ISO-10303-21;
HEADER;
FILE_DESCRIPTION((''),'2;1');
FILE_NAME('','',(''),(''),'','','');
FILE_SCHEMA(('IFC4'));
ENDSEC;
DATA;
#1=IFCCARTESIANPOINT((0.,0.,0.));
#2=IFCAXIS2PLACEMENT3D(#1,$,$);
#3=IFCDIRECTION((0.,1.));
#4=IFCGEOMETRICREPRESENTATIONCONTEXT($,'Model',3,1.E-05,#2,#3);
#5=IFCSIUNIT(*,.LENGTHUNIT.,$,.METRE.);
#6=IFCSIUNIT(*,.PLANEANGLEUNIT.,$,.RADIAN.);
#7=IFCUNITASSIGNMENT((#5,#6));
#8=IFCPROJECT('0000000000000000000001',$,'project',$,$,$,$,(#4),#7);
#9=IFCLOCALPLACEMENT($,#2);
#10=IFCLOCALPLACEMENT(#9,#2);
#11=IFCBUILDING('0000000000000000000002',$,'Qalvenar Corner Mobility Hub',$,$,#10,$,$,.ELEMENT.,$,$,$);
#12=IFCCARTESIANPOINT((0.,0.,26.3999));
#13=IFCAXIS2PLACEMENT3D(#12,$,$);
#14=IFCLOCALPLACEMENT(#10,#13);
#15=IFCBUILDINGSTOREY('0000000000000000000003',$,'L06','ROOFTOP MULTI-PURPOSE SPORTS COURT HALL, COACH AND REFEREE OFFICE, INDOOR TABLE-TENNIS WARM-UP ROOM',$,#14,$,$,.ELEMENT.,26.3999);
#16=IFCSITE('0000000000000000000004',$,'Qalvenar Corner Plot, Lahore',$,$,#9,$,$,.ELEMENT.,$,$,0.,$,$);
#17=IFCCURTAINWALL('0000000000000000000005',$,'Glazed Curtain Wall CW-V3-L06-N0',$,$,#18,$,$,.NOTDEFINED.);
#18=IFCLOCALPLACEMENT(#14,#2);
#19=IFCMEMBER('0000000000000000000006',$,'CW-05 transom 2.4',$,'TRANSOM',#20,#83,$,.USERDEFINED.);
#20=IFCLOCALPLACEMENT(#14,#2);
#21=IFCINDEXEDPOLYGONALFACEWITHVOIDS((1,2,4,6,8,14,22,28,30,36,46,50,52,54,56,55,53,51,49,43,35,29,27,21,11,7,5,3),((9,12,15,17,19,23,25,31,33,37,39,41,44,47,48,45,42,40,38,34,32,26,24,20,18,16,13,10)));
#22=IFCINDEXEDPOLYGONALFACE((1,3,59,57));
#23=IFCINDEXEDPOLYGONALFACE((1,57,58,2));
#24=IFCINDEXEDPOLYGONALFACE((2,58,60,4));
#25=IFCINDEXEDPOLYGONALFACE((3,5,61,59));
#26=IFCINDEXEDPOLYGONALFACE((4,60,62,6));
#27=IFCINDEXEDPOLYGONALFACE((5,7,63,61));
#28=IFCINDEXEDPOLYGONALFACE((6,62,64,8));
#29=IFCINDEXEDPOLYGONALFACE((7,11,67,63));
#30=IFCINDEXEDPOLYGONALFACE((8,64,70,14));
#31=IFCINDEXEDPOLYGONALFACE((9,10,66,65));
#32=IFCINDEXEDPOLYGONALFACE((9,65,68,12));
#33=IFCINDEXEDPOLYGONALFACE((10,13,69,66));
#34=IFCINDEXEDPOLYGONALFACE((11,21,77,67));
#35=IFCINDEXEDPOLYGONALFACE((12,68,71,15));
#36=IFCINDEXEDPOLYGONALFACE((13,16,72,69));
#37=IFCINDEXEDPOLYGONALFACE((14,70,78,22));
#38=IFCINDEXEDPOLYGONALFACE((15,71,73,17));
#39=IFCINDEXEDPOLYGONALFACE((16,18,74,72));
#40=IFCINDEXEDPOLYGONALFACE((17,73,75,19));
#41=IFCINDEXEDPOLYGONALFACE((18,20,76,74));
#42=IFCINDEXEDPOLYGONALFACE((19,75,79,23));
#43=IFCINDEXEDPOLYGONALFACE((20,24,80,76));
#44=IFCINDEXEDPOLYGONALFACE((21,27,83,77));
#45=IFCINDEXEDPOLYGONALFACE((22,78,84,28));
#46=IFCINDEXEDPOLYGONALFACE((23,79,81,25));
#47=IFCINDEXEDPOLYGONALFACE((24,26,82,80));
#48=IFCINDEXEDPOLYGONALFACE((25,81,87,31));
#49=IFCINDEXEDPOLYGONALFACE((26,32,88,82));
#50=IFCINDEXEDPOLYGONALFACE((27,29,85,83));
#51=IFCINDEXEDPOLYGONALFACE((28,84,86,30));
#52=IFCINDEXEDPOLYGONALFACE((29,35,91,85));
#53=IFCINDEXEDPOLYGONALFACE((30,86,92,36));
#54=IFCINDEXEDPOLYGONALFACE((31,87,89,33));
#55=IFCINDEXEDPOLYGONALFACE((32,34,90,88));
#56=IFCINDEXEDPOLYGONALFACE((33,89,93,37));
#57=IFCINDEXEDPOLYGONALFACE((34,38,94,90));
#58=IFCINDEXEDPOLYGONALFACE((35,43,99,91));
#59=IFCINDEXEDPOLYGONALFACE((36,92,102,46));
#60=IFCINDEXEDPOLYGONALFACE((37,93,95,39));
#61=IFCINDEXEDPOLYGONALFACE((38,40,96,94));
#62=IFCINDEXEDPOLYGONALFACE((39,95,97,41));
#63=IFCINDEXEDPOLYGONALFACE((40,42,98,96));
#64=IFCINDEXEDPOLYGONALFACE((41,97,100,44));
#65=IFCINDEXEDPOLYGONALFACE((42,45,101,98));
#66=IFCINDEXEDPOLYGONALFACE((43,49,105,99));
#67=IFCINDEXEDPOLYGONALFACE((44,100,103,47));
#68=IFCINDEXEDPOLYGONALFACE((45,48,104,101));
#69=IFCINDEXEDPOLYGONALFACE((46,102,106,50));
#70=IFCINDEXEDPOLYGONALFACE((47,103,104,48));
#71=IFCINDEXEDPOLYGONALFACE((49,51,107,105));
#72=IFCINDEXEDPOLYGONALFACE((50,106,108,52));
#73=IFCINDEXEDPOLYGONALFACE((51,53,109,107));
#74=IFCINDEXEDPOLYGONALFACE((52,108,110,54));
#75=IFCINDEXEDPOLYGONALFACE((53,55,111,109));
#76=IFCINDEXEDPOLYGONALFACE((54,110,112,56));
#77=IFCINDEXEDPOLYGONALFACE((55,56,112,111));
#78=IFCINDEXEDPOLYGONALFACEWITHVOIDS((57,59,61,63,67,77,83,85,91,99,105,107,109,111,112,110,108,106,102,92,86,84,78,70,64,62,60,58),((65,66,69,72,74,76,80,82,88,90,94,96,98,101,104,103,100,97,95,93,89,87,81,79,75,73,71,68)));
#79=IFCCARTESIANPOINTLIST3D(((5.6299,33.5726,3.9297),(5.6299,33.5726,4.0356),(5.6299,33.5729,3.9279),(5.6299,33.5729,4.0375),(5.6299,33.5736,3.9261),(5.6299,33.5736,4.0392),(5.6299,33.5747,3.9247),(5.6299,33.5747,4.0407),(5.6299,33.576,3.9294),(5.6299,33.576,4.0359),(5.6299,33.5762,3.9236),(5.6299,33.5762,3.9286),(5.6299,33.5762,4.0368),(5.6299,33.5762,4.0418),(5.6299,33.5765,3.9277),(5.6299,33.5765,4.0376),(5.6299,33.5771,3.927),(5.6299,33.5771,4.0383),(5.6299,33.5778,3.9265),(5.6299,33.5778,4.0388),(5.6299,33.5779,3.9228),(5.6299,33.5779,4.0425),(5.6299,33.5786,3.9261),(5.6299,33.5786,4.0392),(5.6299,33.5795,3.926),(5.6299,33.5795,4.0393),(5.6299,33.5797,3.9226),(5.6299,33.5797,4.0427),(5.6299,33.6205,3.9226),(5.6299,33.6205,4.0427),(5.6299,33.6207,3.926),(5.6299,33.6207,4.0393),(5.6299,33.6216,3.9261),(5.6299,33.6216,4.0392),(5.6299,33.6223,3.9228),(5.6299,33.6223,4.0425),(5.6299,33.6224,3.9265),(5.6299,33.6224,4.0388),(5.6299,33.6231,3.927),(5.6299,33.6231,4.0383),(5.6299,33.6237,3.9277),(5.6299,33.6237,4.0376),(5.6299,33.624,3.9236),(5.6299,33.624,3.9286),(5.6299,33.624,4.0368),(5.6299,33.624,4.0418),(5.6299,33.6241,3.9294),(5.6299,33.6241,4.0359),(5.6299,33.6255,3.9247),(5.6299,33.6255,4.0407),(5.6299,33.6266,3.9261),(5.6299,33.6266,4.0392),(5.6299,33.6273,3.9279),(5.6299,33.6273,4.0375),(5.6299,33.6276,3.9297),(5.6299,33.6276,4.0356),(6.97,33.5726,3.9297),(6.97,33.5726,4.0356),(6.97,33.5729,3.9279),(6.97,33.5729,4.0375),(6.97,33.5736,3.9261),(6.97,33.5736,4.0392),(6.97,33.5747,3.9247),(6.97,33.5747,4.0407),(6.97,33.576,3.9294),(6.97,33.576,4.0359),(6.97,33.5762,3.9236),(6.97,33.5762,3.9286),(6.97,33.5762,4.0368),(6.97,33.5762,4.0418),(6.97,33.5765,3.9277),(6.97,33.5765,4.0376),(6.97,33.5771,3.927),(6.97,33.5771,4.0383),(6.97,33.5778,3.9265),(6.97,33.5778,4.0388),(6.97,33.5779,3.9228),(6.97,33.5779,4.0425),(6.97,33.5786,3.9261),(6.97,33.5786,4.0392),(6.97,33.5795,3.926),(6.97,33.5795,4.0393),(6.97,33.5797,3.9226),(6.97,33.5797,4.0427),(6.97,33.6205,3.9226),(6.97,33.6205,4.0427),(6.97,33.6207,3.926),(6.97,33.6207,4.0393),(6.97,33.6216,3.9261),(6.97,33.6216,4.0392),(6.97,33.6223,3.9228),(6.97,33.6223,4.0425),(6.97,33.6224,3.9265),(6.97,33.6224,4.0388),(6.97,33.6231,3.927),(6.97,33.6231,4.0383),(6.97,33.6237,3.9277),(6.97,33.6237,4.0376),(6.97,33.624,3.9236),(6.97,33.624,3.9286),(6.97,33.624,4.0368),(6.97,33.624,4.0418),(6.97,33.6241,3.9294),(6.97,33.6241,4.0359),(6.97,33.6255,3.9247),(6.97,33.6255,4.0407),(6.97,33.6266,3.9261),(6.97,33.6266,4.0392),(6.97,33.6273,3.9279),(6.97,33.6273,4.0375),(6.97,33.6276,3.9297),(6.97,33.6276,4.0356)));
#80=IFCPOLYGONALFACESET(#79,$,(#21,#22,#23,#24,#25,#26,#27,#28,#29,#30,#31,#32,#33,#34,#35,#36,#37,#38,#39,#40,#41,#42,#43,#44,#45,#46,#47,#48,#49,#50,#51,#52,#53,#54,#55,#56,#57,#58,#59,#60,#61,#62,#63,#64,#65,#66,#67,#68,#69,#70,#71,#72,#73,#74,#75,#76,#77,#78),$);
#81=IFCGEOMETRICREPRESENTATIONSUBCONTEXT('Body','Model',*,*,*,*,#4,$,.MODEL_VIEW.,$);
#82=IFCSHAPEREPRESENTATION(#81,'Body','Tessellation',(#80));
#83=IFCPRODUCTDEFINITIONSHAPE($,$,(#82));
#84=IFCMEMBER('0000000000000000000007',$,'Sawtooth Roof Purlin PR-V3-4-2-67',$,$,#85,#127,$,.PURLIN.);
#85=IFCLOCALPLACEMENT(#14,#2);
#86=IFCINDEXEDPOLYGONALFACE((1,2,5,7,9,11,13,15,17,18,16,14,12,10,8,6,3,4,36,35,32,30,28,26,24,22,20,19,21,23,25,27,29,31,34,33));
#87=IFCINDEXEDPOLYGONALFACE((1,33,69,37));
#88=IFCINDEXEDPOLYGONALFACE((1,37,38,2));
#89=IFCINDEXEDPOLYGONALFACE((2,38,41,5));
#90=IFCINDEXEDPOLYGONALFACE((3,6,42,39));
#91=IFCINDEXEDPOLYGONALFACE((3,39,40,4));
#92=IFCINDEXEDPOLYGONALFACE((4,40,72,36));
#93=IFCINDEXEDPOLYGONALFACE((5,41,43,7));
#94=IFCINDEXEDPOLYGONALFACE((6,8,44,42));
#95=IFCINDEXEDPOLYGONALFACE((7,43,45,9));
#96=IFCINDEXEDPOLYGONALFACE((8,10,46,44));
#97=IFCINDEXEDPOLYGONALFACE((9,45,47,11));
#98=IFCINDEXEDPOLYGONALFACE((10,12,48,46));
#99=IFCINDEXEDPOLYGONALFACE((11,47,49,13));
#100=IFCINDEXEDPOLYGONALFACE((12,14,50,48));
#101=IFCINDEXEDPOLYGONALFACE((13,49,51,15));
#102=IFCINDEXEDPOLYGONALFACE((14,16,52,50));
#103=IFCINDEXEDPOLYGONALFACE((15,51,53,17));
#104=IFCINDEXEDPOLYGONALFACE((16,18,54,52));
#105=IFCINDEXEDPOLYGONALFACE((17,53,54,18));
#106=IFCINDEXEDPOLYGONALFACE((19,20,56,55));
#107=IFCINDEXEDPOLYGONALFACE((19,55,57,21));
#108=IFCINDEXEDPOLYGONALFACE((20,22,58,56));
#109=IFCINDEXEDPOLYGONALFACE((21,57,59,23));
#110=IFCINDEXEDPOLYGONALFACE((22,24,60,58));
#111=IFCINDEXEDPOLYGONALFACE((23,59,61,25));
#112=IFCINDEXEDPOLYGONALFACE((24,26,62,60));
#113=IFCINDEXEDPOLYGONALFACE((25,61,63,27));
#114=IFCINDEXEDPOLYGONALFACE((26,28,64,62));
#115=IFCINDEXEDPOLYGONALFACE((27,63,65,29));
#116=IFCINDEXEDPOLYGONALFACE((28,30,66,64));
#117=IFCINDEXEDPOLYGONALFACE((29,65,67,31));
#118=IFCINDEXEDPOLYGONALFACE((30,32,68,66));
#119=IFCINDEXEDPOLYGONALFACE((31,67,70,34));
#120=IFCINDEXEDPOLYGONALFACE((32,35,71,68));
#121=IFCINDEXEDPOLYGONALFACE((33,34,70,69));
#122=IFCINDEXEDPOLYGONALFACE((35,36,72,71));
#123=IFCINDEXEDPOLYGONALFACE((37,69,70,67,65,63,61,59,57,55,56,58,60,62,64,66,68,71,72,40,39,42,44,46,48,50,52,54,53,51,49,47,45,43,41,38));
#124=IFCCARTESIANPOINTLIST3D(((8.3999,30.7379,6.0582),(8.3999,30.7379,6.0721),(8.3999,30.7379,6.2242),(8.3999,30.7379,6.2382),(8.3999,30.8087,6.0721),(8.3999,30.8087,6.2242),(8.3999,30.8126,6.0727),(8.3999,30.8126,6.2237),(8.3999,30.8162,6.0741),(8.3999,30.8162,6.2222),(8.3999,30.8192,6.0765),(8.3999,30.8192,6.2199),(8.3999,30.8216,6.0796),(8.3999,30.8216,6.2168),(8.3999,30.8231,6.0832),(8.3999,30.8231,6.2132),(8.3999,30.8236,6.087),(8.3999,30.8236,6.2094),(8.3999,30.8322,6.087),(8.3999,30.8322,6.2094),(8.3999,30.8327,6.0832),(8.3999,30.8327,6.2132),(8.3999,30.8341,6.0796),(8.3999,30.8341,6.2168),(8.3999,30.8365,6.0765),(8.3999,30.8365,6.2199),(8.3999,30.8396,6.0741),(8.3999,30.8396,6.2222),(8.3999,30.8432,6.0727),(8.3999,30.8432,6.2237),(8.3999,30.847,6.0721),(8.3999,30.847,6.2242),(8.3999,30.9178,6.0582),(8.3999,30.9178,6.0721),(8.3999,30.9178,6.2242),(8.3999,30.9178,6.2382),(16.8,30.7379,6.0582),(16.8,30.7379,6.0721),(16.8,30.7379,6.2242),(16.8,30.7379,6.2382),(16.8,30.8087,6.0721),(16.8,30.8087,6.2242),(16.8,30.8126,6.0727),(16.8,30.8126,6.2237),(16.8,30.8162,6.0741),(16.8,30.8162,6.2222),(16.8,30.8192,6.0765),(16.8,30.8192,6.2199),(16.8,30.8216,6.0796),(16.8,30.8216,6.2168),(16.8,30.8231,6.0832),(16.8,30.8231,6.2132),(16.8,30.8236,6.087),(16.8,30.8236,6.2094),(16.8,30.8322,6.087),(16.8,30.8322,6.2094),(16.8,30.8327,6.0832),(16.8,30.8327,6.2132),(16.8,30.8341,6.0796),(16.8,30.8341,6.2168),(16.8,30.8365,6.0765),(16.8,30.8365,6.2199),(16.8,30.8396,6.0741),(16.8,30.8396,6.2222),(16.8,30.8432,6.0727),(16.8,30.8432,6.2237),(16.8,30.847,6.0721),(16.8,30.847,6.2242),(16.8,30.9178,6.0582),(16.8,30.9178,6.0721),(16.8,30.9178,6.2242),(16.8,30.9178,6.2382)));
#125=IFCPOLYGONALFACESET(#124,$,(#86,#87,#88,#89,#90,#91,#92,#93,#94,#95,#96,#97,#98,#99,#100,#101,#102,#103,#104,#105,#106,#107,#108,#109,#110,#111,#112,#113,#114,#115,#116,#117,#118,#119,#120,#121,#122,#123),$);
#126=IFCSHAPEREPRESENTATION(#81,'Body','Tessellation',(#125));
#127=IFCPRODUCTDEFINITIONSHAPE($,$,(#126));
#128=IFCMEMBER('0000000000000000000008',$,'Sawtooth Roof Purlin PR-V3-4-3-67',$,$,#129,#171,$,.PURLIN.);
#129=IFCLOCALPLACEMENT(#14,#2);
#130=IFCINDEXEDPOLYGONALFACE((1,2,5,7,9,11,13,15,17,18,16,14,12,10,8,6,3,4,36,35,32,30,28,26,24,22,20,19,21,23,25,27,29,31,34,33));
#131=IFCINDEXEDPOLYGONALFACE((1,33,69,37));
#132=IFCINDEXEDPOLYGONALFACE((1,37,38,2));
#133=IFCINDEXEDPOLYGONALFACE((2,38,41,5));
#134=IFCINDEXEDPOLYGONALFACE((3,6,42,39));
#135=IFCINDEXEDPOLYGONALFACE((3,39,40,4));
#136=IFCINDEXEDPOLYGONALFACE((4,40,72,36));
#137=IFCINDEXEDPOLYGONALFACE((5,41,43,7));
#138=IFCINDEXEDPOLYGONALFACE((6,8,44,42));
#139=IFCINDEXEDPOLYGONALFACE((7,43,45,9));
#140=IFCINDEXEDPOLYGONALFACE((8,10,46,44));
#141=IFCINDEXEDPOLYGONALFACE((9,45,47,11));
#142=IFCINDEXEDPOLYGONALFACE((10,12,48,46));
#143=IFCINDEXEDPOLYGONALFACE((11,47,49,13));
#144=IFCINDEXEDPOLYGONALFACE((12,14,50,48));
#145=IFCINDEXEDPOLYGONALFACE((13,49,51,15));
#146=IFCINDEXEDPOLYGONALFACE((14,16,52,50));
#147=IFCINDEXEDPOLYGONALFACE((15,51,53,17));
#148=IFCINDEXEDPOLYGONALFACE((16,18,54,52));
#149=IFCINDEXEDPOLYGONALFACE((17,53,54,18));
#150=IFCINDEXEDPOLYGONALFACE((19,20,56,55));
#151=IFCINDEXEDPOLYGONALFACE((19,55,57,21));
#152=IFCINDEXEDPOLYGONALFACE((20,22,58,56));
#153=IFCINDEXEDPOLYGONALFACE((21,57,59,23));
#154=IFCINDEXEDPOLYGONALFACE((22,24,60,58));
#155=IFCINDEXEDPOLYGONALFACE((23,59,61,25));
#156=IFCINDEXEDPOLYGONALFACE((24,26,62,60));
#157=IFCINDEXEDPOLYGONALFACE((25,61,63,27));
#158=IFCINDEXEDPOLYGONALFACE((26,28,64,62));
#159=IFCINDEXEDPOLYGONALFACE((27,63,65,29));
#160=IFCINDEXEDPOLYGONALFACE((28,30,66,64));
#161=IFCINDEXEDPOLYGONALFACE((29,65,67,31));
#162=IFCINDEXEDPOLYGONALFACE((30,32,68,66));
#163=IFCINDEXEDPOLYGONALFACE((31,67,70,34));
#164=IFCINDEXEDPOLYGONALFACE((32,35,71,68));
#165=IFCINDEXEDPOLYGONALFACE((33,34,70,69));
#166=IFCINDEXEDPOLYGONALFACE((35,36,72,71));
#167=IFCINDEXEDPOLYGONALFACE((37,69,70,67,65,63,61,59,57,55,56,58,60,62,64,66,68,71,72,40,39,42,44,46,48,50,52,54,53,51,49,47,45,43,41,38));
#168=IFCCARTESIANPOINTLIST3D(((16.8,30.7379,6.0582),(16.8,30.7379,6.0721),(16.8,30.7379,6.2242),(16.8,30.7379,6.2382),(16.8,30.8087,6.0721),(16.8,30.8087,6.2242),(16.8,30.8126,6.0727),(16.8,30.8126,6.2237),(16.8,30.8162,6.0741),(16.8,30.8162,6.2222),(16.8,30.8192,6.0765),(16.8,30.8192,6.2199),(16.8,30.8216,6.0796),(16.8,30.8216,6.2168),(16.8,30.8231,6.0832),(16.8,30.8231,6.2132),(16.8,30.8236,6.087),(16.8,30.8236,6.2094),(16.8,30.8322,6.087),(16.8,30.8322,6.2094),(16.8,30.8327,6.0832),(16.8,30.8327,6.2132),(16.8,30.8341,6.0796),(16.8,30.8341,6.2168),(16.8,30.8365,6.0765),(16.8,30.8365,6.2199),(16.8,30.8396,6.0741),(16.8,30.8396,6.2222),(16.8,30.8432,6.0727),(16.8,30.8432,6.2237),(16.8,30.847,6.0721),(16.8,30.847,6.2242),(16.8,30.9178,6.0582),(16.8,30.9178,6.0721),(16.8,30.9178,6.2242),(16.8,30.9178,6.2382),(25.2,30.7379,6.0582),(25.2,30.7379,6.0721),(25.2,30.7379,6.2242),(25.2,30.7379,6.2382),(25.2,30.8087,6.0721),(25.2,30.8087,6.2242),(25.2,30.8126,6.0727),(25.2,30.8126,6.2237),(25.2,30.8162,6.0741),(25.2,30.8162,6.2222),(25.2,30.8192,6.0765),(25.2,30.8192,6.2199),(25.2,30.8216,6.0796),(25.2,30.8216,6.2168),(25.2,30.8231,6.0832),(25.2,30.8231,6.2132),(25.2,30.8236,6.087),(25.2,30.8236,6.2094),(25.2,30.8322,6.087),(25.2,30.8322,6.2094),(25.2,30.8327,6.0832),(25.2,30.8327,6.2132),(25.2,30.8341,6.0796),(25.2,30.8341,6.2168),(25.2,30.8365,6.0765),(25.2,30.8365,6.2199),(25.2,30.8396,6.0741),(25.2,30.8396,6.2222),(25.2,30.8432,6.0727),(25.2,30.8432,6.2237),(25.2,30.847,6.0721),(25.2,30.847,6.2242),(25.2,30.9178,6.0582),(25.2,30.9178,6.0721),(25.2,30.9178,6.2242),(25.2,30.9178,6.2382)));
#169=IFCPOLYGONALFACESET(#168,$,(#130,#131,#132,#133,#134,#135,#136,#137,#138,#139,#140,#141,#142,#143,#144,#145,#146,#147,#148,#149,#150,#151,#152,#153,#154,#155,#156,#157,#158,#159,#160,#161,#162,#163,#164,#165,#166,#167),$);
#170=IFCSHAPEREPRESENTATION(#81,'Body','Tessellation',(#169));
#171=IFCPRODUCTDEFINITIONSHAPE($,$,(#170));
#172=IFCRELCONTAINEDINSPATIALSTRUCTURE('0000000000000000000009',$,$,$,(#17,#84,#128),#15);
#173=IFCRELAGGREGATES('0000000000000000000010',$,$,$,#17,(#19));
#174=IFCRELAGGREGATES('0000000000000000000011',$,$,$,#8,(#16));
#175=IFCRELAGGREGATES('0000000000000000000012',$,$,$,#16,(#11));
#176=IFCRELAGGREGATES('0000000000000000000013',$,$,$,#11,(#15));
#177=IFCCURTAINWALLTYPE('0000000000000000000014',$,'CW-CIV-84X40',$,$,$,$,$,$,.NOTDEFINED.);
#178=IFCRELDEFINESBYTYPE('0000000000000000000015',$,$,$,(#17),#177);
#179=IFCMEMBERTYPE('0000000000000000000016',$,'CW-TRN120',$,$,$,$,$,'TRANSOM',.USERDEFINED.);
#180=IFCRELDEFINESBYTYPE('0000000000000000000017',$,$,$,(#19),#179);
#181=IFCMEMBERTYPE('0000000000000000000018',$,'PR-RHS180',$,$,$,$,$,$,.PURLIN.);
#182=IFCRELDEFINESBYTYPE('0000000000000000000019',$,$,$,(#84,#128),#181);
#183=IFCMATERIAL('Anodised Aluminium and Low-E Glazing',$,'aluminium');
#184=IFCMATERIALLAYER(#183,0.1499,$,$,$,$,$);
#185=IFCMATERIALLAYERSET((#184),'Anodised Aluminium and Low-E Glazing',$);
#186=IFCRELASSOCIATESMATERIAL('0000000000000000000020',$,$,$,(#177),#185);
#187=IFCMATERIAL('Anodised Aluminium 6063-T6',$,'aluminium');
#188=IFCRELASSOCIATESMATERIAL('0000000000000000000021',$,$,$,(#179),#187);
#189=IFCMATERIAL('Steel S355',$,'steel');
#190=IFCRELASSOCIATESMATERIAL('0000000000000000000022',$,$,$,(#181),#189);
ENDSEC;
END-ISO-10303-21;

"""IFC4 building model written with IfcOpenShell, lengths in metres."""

from ifc_helpers import new_model, si_unit, direction, frame, origin, origin_2d, place, context, subcontext, project, spatial, hollow_rectangle, i_section, extrude, material, layer, layer_set, material_profile, profile_set, type_object, element, aggregate, save


model = new_model("IFC4")

# Units and contexts
model_context = context("Model", 3, precision=1e-05, world=origin(), true_north=direction((0.0, 1.0)))
body_context = subcontext(model_context, "Body", "Model", "MODEL_VIEW")
ifc_project = project(units=[si_unit("LENGTHUNIT", "METRE"), si_unit("PLANEANGLEUNIT", "RADIAN")], contexts=[model_context])

# Site, building, storey
site_placement = place(None, origin())
site = spatial("IfcSite", under=ifc_project, at=site_placement, Name="Qalvenar Corner Plot, Lahore", CompositionType="ELEMENT", RefElevation=0.0)
building_placement = place(site_placement, origin())
building = spatial("IfcBuilding", under=site, at=building_placement, Name="Qalvenar Corner Mobility Hub", CompositionType="ELEMENT")
storey_placement = place(building_placement, frame((0.0, 0.0, 26.3999)))
storey = spatial("IfcBuildingStorey", under=building, at=storey_placement, Name="L06", Description="ROOFTOP MULTI-PURPOSE SPORTS COURT HALL, COACH AND REFEREE OFFICE, INDOOR TABLE-TENNIS WARM-UP ROOM", CompositionType="ELEMENT", Elevation=26.3999)

# Shared definitions
ifc_material_1 = material(Name="Steel S355", Category="steel")

# Curtain wall, member
ifc_material_2 = material(Name="Anodised Aluminium and Low-E Glazing", Category="aluminium")
ifc_layer_1 = layer(ifc_material_2, 0.1499)
ifc_layer_set_1 = layer_set([ifc_layer_1], Name="Anodised Aluminium and Low-E Glazing")
curtain_wall_type = type_object("IfcCurtainWallType", Name="CW-CIV-84X40", PredefinedType="NOTDEFINED", material=ifc_layer_set_1)
curtain_wall_placement = place(storey_placement, origin())
curtain_wall = element("IfcCurtainWall", 1, at=curtain_wall_placement, inside=storey, type_object=curtain_wall_type, Name="Glazed Curtain Wall CW-V3-L06-N0", PredefinedType="NOTDEFINED")
ifc_material_3 = material(Name="Anodised Aluminium 6063-T6", Category="aluminium")
ifc_material_profile_1 = material_profile(ifc_material_3, hollow_rectangle(XDim=0.0549, YDim=0.1201, WallThickness=0.0034, InnerFilletRadius=0.0034, OuterFilletRadius=0.0071, at=origin_2d()), Name="RHS120x55x3.5")
ifc_profile_set_1 = profile_set([ifc_material_profile_1], Name="Anodised Aluminium 6063-T6")
member_type_1 = type_object("IfcMemberType", Name="CW-TRN120", ElementType="TRANSOM", PredefinedType="USERDEFINED", material=ifc_profile_set_1)
member_1_placement = place(storey_placement, frame((6.97, 33.6001, 3.9827), z_axis=(-1.0, 0.0, 0.0), x_axis=(0.0, -1.0, 0.0)))
member_1 = element("IfcMember", 2, at=member_1_placement, type_object=member_type_1, Name="CW-05 transom 2.4", ObjectType="TRANSOM", PredefinedType="USERDEFINED", context=body_context, shape_type="SweptSolid", body=[
    extrude(hollow_rectangle(XDim=0.0549, YDim=0.1201, WallThickness=0.0034, InnerFilletRadius=0.0034, OuterFilletRadius=0.0071, at=origin_2d()), origin(), (0.0, 0.0, 1.0), 1.3401),
])

# Members
ifc_material_profile_2 = material_profile(ifc_material_1, i_section(OverallWidth=0.1799, OverallDepth=0.1799, WebThickness=0.0085, FlangeThickness=0.0139, FilletRadius=0.0149, at=origin_2d()), Name="HEB180")
ifc_profile_set_2 = profile_set([ifc_material_profile_2], Name="Steel S355")
member_type_2 = type_object("IfcMemberType", Name="PR-RHS180", PredefinedType="PURLIN", material=ifc_profile_set_2)
member_2_placement = place(storey_placement, frame((8.3999, 30.8279, 6.1482), z_axis=(1.0, 0.0, 0.0), x_axis=(0.0, 1.0, 0.0)))
element("IfcMember", 3, at=member_2_placement, inside=storey, type_object=member_type_2, Name="Sawtooth Roof Purlin PR-V3-4-2-67", PredefinedType="PURLIN", context=body_context, shape_type="SweptSolid", body=[
    extrude(i_section(OverallWidth=0.1799, OverallDepth=0.1799, WebThickness=0.0085, FlangeThickness=0.0139, FilletRadius=0.0149, at=origin_2d()), origin(), (0.0, 0.0, 1.0), 8.4001),
])
member_3_placement = place(storey_placement, frame((16.8, 30.8279, 6.1482), z_axis=(1.0, 0.0, 0.0), x_axis=(0.0, 1.0, 0.0)))
element("IfcMember", 4, at=member_3_placement, inside=storey, type_object=member_type_2, Name="Sawtooth Roof Purlin PR-V3-4-3-67", PredefinedType="PURLIN", context=body_context, shape_type="SweptSolid", body=[
    extrude(i_section(OverallWidth=0.1799, OverallDepth=0.1799, WebThickness=0.0085, FlangeThickness=0.0139, FilletRadius=0.0149, at=origin_2d()), origin(), (0.0, 0.0, 1.0), 8.3999),
])

aggregate(curtain_wall, [member_1])

save(model, "model.ifc")
